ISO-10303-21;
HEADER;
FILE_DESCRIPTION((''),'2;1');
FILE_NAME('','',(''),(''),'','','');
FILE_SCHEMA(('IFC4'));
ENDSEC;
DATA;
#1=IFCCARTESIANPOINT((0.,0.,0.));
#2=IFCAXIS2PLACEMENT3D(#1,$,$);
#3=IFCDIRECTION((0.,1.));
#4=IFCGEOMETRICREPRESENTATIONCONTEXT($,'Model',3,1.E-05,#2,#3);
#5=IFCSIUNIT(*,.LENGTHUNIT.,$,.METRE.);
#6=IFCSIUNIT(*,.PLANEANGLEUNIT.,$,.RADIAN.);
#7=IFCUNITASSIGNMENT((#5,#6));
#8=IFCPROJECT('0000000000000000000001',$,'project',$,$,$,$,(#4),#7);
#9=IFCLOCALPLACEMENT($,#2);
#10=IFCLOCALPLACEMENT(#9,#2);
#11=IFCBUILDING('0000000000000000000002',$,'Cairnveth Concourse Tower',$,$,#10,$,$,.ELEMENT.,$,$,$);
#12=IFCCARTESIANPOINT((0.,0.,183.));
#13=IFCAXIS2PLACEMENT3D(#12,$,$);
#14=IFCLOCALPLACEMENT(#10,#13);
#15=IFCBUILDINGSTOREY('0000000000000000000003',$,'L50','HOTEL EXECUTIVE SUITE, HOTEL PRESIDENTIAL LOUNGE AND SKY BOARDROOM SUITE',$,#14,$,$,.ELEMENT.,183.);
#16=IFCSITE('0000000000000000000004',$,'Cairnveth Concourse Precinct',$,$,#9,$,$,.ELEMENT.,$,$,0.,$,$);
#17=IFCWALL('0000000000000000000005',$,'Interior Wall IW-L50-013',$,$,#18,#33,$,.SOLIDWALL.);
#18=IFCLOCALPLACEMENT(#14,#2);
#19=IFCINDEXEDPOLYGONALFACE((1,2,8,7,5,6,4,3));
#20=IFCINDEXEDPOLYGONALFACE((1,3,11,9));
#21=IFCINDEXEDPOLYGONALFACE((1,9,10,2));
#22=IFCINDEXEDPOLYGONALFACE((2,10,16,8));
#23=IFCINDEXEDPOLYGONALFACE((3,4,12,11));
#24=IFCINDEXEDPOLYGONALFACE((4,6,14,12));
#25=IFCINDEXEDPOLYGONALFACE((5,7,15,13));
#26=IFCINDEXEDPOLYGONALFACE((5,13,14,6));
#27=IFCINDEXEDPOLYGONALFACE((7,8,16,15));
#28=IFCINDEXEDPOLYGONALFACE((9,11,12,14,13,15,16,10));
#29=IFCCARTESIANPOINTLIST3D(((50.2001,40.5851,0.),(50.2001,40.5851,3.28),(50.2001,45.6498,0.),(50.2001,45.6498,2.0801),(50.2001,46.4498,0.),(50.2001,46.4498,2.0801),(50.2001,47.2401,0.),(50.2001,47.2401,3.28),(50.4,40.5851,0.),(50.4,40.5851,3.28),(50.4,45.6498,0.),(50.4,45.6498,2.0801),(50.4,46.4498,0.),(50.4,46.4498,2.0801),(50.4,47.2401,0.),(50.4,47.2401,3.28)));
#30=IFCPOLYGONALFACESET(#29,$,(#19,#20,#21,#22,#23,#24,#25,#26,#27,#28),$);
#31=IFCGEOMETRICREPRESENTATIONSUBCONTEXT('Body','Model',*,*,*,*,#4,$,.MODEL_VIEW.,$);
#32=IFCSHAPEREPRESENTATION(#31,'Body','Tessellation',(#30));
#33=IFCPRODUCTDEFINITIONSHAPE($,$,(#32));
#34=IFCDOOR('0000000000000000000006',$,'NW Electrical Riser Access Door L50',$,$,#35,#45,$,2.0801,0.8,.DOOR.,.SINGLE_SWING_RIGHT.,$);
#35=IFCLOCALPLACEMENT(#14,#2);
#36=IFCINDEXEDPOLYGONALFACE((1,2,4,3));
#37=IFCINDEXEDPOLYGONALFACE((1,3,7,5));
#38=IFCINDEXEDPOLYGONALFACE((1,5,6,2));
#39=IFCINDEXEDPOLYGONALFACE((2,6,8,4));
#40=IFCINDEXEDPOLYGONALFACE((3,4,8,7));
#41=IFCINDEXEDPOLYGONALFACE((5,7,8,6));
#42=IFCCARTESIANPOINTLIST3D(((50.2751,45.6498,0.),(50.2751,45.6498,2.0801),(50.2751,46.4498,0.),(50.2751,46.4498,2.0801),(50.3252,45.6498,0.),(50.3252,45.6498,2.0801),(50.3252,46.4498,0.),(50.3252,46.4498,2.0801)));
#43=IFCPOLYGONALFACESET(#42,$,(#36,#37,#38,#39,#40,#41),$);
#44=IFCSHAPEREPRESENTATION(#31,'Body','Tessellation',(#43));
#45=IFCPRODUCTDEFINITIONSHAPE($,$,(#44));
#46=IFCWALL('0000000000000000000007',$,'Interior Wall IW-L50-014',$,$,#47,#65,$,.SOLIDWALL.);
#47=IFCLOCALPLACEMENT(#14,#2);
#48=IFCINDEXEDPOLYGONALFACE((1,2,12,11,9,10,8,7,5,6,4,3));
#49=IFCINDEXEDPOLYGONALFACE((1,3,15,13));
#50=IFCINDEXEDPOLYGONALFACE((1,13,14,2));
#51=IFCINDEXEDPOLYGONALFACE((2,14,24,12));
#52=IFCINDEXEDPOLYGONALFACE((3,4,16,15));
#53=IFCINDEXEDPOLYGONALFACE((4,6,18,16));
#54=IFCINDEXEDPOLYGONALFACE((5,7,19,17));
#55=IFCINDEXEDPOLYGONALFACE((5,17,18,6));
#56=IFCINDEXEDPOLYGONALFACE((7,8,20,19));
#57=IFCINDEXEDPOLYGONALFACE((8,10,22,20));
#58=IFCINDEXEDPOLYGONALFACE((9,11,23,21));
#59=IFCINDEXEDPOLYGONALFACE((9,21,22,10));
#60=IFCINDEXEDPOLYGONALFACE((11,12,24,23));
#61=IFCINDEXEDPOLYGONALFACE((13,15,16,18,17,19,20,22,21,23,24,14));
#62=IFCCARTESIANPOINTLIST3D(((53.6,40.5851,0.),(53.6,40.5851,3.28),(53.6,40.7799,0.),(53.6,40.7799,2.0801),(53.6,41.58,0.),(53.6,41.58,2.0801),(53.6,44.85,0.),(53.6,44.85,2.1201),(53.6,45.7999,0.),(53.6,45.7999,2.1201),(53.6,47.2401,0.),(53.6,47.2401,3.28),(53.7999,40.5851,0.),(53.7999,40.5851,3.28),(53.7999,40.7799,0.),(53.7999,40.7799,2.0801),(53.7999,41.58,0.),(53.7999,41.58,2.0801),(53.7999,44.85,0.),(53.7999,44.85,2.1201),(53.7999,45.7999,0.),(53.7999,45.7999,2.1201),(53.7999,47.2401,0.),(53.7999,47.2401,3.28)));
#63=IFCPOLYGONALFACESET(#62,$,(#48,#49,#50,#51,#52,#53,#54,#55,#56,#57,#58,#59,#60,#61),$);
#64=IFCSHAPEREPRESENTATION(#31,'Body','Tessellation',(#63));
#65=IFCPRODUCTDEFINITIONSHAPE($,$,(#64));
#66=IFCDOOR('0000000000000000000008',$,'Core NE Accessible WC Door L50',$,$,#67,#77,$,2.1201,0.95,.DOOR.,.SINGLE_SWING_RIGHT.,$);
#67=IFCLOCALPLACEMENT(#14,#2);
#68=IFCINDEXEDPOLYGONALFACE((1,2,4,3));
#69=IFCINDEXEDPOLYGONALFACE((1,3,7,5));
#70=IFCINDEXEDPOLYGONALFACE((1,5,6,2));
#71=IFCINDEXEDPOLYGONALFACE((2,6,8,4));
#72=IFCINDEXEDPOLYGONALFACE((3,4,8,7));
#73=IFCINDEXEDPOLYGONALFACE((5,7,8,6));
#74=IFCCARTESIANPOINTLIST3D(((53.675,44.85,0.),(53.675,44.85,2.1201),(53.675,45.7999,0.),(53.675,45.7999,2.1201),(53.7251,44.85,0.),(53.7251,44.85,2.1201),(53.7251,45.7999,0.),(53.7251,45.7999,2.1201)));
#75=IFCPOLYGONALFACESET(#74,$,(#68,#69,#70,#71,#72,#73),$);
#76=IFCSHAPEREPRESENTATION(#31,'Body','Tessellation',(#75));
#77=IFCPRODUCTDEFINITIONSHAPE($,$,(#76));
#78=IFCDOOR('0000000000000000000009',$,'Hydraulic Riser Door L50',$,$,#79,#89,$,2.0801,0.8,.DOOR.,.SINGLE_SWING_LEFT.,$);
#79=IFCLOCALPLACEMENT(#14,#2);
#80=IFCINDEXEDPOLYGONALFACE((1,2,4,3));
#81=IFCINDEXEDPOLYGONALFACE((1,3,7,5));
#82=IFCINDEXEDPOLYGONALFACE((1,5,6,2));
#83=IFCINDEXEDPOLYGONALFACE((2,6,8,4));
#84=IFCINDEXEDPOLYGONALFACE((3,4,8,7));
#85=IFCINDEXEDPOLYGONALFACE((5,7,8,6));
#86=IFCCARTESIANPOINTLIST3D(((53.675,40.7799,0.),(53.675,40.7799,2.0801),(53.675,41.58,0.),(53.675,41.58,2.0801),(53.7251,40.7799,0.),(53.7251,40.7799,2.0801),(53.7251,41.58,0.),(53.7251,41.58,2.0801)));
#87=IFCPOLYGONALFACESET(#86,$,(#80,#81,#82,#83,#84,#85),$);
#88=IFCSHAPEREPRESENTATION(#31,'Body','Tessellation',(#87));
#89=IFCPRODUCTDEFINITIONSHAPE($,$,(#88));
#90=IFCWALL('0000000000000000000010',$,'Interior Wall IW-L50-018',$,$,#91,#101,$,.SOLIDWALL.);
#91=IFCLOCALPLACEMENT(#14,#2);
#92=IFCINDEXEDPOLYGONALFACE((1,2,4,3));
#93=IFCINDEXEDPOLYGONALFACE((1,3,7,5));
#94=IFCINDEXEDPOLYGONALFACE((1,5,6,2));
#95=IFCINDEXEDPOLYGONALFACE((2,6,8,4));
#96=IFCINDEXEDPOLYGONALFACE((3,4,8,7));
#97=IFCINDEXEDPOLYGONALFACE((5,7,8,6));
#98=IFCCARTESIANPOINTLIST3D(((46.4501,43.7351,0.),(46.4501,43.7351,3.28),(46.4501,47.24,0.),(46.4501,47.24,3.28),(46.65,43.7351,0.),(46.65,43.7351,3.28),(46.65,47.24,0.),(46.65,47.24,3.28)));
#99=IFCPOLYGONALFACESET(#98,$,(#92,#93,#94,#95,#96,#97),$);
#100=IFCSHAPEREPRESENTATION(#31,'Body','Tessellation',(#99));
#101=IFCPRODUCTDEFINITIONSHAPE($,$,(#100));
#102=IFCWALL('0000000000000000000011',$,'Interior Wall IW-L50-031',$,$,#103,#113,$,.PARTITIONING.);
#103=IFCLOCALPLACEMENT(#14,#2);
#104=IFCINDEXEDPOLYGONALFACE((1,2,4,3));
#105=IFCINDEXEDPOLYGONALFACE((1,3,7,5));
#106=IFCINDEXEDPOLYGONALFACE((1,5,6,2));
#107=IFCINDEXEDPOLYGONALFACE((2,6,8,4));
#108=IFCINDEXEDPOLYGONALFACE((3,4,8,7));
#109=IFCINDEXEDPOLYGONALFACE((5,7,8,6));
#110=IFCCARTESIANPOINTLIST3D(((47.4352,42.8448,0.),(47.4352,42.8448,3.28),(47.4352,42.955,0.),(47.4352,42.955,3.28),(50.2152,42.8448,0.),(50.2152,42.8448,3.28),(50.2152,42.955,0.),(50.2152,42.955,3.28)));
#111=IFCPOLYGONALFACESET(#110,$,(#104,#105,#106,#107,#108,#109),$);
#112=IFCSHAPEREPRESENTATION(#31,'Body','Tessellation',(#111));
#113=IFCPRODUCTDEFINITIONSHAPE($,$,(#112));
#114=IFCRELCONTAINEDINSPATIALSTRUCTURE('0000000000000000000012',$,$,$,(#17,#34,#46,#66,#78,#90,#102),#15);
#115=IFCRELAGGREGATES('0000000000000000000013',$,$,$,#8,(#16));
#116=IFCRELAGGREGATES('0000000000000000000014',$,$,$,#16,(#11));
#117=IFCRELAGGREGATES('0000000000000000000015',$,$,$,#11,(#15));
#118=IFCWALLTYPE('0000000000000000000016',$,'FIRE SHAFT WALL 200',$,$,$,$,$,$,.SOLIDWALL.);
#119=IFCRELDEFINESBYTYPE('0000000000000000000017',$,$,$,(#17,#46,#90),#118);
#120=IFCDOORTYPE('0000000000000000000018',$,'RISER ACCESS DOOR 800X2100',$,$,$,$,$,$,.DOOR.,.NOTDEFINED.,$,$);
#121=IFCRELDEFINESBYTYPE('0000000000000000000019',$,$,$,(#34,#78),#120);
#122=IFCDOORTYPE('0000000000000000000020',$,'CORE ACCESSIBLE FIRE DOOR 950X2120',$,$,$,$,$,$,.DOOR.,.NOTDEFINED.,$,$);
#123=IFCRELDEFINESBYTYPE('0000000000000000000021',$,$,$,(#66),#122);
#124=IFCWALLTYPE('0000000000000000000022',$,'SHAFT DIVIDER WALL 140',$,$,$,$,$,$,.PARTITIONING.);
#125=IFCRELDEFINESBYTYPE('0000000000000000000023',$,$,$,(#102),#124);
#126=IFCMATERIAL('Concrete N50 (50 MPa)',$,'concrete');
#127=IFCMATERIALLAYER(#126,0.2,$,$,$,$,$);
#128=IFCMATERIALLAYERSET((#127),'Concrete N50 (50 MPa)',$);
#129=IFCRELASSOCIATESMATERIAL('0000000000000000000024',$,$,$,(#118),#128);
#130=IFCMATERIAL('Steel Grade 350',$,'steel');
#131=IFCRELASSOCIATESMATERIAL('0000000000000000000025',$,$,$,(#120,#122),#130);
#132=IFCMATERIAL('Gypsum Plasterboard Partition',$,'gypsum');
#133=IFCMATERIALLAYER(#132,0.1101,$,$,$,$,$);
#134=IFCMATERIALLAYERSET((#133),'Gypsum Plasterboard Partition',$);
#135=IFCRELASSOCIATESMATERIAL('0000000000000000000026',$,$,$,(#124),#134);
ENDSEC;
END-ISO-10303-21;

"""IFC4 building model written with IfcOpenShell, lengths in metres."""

from ifc_helpers import new_model, si_unit, direction, frame, frame_2d, origin, place, context, subcontext, project, spatial, rectangle, extrude, material, layer, layer_set, type_object, element, fill, save


model = new_model("IFC4")

# Units and contexts
model_context = context("Model", 3, precision=1e-05, world=origin(), true_north=direction((0.0, 1.0)))
body_context = subcontext(model_context, "Body", "Model", "MODEL_VIEW")
ifc_project = project(units=[si_unit("LENGTHUNIT", "METRE"), si_unit("PLANEANGLEUNIT", "RADIAN")], contexts=[model_context])

# Site, building, storey
site_placement = place(None, origin())
site = spatial("IfcSite", under=ifc_project, at=site_placement, Name="Cairnveth Concourse Precinct", CompositionType="ELEMENT", RefElevation=0.0)
building_placement = place(site_placement, origin())
building = spatial("IfcBuilding", under=site, at=building_placement, Name="Cairnveth Concourse Tower", CompositionType="ELEMENT")
storey_placement = place(building_placement, frame((0.0, 0.0, 183.0)))
storey = spatial("IfcBuildingStorey", under=building, at=storey_placement, Name="L50", Description="HOTEL EXECUTIVE SUITE, HOTEL PRESIDENTIAL LOUNGE AND SKY BOARDROOM SUITE", CompositionType="ELEMENT", Elevation=183.0)

# Shared definitions
ifc_material_1 = material(Name="Steel Grade 350", Category="steel")

# Shared definitions
ifc_material_2 = material(Name="Concrete N50 (50 MPa)", Category="concrete")
ifc_layer_1 = layer(ifc_material_2, 0.2)
ifc_layer_set_1 = layer_set([ifc_layer_1], Name="Concrete N50 (50 MPa)")
wall_type_1 = type_object("IfcWallType", Name="FIRE SHAFT WALL 200", PredefinedType="SOLIDWALL", material=ifc_layer_set_1)

# Wall, opening, door
wall_1_placement = place(storey_placement, frame((50.3, 40.585, 0.0), z_axis=(0.0, 0.0, 1.0), x_axis=(0.0, 1.0, 0.0)))
wall_1 = element("IfcWall", 1, at=wall_1_placement, inside=storey, type_object=wall_type_1, Name="Interior Wall IW-L50-013", PredefinedType="SOLIDWALL", context=body_context, shape_type="SweptSolid", body=[
    extrude(rectangle(XDim=6.655, YDim=0.2, at=frame_2d((3.3276, 0.0))), origin(), (0.0, 0.0, 1.0), 3.28),
])
opening_1_placement = place(wall_1_placement, frame((5.0649, 0.0, 0.0)))
opening_1 = element("IfcOpeningElement", 2, at=opening_1_placement, cuts=wall_1, PredefinedType="OPENING", context=body_context, shape_type="SweptSolid", body=[
    extrude(rectangle(XDim=0.8, YDim=2.0801, at=frame_2d((0.3999, 1.04))), frame((0.0, 0.1099, 0.0), z_axis=(0.0, -1.0, 0.0), x_axis=(1.0, 0.0, 0.0)), (0.0, 0.0, 1.0), 0.22),
])
door_type_1 = type_object("IfcDoorType", Name="RISER ACCESS DOOR 800X2100", OperationType="NOTDEFINED", PredefinedType="DOOR", material=ifc_material_1)
door_1_placement = place(opening_1_placement, origin())
door_1 = element("IfcDoor", 3, at=door_1_placement, inside=storey, type_object=door_type_1, Name="NW Electrical Riser Access Door L50", OperationType="SINGLE_SWING_RIGHT", OverallHeight=2.0801, OverallWidth=0.8, PredefinedType="DOOR", context=body_context, shape_type="SweptSolid", body=[
    extrude(rectangle(XDim=0.8, YDim=2.0801, at=frame_2d((0.3999, 1.04))), frame((0.0, 0.0249, 0.0), z_axis=(0.0, -1.0, 0.0), x_axis=(1.0, 0.0, 0.0)), (0.0, 0.0, 1.0), 0.05),
])
fill(opening_1, door_1)

# Wall, openings, doors
wall_2_placement = place(storey_placement, frame((53.7, 40.585, 0.0), z_axis=(0.0, 0.0, 1.0), x_axis=(0.0, 1.0, 0.0)))
wall_2 = element("IfcWall", 4, at=wall_2_placement, inside=storey, type_object=wall_type_1, Name="Interior Wall IW-L50-014", PredefinedType="SOLIDWALL", context=body_context, shape_type="SweptSolid", body=[
    extrude(rectangle(XDim=6.655, YDim=0.2, at=frame_2d((3.3276, 0.0))), origin(), (0.0, 0.0, 1.0), 3.28),
])
opening_2_placement = place(wall_2_placement, frame((0.1951, 0.0, 0.0)))
opening_2 = element("IfcOpeningElement", 5, at=opening_2_placement, cuts=wall_2, PredefinedType="OPENING", context=body_context, shape_type="SweptSolid", body=[
    extrude(rectangle(XDim=0.8, YDim=2.0801, at=frame_2d((0.3999, 1.04))), frame((0.0, 0.1099, 0.0), z_axis=(0.0, -1.0, 0.0), x_axis=(1.0, 0.0, 0.0)), (0.0, 0.0, 1.0), 0.22),
])
opening_3_placement = place(wall_2_placement, frame((4.2649, 0.0, 0.0)))
opening_3 = element("IfcOpeningElement", 6, at=opening_3_placement, cuts=wall_2, PredefinedType="OPENING", context=body_context, shape_type="SweptSolid", body=[
    extrude(rectangle(XDim=0.95, YDim=2.1201, at=frame_2d((0.4751, 1.0601))), frame((0.0, 0.1099, 0.0), z_axis=(0.0, -1.0, 0.0), x_axis=(1.0, 0.0, 0.0)), (0.0, 0.0, 1.0), 0.22),
])
door_type_2 = type_object("IfcDoorType", Name="CORE ACCESSIBLE FIRE DOOR 950X2120", OperationType="NOTDEFINED", PredefinedType="DOOR", material=ifc_material_1)
door_2_placement = place(opening_3_placement, origin())
door_2 = element("IfcDoor", 7, at=door_2_placement, inside=storey, type_object=door_type_2, Name="Core NE Accessible WC Door L50", OperationType="SINGLE_SWING_RIGHT", OverallHeight=2.1201, OverallWidth=0.95, PredefinedType="DOOR", context=body_context, shape_type="SweptSolid", body=[
    extrude(rectangle(XDim=0.95, YDim=2.1201, at=frame_2d((0.4751, 1.0601))), frame((0.0, 0.0249, 0.0), z_axis=(0.0, -1.0, 0.0), x_axis=(1.0, 0.0, 0.0)), (0.0, 0.0, 1.0), 0.05),
])
fill(opening_3, door_2)
door_3_placement = place(opening_2_placement, origin())
door_3 = element("IfcDoor", 8, at=door_3_placement, inside=storey, type_object=door_type_1, Name="Hydraulic Riser Door L50", OperationType="SINGLE_SWING_LEFT", OverallHeight=2.0801, OverallWidth=0.8, PredefinedType="DOOR", context=body_context, shape_type="SweptSolid", body=[
    extrude(rectangle(XDim=0.8, YDim=2.0801, at=frame_2d((0.3999, 1.04))), frame((0.0, 0.0249, 0.0), z_axis=(0.0, -1.0, 0.0), x_axis=(1.0, 0.0, 0.0)), (0.0, 0.0, 1.0), 0.05),
])
fill(opening_2, door_3)

# Walls
wall_3_placement = place(storey_placement, frame((46.55, 43.7351, 0.0), z_axis=(0.0, 0.0, 1.0), x_axis=(0.0, 1.0, 0.0)))
element("IfcWall", 9, at=wall_3_placement, inside=storey, type_object=wall_type_1, Name="Interior Wall IW-L50-018", PredefinedType="SOLIDWALL", context=body_context, shape_type="SweptSolid", body=[
    extrude(rectangle(XDim=3.5049, YDim=0.2, at=frame_2d((1.7524, 0.0))), origin(), (0.0, 0.0, 1.0), 3.28),
])
ifc_material_3 = material(Name="Gypsum Plasterboard Partition", Category="gypsum")
ifc_layer_2 = layer(ifc_material_3, 0.1101)
ifc_layer_set_2 = layer_set([ifc_layer_2], Name="Gypsum Plasterboard Partition")
wall_type_2 = type_object("IfcWallType", Name="SHAFT DIVIDER WALL 140", PredefinedType="PARTITIONING", material=ifc_layer_set_2)
wall_4_placement = place(storey_placement, frame((47.4351, 42.8999, 0.0), z_axis=(0.0, 0.0, 1.0), x_axis=(1.0, 0.0, 0.0)))
element("IfcWall", 10, at=wall_4_placement, inside=storey, type_object=wall_type_2, Name="Interior Wall IW-L50-031", PredefinedType="PARTITIONING", context=body_context, shape_type="SweptSolid", body=[
    extrude(rectangle(XDim=2.78, YDim=0.1101, at=frame_2d((1.3901, 0.0))), origin(), (0.0, 0.0, 1.0), 3.28),
])

save(model, "model.ifc")
